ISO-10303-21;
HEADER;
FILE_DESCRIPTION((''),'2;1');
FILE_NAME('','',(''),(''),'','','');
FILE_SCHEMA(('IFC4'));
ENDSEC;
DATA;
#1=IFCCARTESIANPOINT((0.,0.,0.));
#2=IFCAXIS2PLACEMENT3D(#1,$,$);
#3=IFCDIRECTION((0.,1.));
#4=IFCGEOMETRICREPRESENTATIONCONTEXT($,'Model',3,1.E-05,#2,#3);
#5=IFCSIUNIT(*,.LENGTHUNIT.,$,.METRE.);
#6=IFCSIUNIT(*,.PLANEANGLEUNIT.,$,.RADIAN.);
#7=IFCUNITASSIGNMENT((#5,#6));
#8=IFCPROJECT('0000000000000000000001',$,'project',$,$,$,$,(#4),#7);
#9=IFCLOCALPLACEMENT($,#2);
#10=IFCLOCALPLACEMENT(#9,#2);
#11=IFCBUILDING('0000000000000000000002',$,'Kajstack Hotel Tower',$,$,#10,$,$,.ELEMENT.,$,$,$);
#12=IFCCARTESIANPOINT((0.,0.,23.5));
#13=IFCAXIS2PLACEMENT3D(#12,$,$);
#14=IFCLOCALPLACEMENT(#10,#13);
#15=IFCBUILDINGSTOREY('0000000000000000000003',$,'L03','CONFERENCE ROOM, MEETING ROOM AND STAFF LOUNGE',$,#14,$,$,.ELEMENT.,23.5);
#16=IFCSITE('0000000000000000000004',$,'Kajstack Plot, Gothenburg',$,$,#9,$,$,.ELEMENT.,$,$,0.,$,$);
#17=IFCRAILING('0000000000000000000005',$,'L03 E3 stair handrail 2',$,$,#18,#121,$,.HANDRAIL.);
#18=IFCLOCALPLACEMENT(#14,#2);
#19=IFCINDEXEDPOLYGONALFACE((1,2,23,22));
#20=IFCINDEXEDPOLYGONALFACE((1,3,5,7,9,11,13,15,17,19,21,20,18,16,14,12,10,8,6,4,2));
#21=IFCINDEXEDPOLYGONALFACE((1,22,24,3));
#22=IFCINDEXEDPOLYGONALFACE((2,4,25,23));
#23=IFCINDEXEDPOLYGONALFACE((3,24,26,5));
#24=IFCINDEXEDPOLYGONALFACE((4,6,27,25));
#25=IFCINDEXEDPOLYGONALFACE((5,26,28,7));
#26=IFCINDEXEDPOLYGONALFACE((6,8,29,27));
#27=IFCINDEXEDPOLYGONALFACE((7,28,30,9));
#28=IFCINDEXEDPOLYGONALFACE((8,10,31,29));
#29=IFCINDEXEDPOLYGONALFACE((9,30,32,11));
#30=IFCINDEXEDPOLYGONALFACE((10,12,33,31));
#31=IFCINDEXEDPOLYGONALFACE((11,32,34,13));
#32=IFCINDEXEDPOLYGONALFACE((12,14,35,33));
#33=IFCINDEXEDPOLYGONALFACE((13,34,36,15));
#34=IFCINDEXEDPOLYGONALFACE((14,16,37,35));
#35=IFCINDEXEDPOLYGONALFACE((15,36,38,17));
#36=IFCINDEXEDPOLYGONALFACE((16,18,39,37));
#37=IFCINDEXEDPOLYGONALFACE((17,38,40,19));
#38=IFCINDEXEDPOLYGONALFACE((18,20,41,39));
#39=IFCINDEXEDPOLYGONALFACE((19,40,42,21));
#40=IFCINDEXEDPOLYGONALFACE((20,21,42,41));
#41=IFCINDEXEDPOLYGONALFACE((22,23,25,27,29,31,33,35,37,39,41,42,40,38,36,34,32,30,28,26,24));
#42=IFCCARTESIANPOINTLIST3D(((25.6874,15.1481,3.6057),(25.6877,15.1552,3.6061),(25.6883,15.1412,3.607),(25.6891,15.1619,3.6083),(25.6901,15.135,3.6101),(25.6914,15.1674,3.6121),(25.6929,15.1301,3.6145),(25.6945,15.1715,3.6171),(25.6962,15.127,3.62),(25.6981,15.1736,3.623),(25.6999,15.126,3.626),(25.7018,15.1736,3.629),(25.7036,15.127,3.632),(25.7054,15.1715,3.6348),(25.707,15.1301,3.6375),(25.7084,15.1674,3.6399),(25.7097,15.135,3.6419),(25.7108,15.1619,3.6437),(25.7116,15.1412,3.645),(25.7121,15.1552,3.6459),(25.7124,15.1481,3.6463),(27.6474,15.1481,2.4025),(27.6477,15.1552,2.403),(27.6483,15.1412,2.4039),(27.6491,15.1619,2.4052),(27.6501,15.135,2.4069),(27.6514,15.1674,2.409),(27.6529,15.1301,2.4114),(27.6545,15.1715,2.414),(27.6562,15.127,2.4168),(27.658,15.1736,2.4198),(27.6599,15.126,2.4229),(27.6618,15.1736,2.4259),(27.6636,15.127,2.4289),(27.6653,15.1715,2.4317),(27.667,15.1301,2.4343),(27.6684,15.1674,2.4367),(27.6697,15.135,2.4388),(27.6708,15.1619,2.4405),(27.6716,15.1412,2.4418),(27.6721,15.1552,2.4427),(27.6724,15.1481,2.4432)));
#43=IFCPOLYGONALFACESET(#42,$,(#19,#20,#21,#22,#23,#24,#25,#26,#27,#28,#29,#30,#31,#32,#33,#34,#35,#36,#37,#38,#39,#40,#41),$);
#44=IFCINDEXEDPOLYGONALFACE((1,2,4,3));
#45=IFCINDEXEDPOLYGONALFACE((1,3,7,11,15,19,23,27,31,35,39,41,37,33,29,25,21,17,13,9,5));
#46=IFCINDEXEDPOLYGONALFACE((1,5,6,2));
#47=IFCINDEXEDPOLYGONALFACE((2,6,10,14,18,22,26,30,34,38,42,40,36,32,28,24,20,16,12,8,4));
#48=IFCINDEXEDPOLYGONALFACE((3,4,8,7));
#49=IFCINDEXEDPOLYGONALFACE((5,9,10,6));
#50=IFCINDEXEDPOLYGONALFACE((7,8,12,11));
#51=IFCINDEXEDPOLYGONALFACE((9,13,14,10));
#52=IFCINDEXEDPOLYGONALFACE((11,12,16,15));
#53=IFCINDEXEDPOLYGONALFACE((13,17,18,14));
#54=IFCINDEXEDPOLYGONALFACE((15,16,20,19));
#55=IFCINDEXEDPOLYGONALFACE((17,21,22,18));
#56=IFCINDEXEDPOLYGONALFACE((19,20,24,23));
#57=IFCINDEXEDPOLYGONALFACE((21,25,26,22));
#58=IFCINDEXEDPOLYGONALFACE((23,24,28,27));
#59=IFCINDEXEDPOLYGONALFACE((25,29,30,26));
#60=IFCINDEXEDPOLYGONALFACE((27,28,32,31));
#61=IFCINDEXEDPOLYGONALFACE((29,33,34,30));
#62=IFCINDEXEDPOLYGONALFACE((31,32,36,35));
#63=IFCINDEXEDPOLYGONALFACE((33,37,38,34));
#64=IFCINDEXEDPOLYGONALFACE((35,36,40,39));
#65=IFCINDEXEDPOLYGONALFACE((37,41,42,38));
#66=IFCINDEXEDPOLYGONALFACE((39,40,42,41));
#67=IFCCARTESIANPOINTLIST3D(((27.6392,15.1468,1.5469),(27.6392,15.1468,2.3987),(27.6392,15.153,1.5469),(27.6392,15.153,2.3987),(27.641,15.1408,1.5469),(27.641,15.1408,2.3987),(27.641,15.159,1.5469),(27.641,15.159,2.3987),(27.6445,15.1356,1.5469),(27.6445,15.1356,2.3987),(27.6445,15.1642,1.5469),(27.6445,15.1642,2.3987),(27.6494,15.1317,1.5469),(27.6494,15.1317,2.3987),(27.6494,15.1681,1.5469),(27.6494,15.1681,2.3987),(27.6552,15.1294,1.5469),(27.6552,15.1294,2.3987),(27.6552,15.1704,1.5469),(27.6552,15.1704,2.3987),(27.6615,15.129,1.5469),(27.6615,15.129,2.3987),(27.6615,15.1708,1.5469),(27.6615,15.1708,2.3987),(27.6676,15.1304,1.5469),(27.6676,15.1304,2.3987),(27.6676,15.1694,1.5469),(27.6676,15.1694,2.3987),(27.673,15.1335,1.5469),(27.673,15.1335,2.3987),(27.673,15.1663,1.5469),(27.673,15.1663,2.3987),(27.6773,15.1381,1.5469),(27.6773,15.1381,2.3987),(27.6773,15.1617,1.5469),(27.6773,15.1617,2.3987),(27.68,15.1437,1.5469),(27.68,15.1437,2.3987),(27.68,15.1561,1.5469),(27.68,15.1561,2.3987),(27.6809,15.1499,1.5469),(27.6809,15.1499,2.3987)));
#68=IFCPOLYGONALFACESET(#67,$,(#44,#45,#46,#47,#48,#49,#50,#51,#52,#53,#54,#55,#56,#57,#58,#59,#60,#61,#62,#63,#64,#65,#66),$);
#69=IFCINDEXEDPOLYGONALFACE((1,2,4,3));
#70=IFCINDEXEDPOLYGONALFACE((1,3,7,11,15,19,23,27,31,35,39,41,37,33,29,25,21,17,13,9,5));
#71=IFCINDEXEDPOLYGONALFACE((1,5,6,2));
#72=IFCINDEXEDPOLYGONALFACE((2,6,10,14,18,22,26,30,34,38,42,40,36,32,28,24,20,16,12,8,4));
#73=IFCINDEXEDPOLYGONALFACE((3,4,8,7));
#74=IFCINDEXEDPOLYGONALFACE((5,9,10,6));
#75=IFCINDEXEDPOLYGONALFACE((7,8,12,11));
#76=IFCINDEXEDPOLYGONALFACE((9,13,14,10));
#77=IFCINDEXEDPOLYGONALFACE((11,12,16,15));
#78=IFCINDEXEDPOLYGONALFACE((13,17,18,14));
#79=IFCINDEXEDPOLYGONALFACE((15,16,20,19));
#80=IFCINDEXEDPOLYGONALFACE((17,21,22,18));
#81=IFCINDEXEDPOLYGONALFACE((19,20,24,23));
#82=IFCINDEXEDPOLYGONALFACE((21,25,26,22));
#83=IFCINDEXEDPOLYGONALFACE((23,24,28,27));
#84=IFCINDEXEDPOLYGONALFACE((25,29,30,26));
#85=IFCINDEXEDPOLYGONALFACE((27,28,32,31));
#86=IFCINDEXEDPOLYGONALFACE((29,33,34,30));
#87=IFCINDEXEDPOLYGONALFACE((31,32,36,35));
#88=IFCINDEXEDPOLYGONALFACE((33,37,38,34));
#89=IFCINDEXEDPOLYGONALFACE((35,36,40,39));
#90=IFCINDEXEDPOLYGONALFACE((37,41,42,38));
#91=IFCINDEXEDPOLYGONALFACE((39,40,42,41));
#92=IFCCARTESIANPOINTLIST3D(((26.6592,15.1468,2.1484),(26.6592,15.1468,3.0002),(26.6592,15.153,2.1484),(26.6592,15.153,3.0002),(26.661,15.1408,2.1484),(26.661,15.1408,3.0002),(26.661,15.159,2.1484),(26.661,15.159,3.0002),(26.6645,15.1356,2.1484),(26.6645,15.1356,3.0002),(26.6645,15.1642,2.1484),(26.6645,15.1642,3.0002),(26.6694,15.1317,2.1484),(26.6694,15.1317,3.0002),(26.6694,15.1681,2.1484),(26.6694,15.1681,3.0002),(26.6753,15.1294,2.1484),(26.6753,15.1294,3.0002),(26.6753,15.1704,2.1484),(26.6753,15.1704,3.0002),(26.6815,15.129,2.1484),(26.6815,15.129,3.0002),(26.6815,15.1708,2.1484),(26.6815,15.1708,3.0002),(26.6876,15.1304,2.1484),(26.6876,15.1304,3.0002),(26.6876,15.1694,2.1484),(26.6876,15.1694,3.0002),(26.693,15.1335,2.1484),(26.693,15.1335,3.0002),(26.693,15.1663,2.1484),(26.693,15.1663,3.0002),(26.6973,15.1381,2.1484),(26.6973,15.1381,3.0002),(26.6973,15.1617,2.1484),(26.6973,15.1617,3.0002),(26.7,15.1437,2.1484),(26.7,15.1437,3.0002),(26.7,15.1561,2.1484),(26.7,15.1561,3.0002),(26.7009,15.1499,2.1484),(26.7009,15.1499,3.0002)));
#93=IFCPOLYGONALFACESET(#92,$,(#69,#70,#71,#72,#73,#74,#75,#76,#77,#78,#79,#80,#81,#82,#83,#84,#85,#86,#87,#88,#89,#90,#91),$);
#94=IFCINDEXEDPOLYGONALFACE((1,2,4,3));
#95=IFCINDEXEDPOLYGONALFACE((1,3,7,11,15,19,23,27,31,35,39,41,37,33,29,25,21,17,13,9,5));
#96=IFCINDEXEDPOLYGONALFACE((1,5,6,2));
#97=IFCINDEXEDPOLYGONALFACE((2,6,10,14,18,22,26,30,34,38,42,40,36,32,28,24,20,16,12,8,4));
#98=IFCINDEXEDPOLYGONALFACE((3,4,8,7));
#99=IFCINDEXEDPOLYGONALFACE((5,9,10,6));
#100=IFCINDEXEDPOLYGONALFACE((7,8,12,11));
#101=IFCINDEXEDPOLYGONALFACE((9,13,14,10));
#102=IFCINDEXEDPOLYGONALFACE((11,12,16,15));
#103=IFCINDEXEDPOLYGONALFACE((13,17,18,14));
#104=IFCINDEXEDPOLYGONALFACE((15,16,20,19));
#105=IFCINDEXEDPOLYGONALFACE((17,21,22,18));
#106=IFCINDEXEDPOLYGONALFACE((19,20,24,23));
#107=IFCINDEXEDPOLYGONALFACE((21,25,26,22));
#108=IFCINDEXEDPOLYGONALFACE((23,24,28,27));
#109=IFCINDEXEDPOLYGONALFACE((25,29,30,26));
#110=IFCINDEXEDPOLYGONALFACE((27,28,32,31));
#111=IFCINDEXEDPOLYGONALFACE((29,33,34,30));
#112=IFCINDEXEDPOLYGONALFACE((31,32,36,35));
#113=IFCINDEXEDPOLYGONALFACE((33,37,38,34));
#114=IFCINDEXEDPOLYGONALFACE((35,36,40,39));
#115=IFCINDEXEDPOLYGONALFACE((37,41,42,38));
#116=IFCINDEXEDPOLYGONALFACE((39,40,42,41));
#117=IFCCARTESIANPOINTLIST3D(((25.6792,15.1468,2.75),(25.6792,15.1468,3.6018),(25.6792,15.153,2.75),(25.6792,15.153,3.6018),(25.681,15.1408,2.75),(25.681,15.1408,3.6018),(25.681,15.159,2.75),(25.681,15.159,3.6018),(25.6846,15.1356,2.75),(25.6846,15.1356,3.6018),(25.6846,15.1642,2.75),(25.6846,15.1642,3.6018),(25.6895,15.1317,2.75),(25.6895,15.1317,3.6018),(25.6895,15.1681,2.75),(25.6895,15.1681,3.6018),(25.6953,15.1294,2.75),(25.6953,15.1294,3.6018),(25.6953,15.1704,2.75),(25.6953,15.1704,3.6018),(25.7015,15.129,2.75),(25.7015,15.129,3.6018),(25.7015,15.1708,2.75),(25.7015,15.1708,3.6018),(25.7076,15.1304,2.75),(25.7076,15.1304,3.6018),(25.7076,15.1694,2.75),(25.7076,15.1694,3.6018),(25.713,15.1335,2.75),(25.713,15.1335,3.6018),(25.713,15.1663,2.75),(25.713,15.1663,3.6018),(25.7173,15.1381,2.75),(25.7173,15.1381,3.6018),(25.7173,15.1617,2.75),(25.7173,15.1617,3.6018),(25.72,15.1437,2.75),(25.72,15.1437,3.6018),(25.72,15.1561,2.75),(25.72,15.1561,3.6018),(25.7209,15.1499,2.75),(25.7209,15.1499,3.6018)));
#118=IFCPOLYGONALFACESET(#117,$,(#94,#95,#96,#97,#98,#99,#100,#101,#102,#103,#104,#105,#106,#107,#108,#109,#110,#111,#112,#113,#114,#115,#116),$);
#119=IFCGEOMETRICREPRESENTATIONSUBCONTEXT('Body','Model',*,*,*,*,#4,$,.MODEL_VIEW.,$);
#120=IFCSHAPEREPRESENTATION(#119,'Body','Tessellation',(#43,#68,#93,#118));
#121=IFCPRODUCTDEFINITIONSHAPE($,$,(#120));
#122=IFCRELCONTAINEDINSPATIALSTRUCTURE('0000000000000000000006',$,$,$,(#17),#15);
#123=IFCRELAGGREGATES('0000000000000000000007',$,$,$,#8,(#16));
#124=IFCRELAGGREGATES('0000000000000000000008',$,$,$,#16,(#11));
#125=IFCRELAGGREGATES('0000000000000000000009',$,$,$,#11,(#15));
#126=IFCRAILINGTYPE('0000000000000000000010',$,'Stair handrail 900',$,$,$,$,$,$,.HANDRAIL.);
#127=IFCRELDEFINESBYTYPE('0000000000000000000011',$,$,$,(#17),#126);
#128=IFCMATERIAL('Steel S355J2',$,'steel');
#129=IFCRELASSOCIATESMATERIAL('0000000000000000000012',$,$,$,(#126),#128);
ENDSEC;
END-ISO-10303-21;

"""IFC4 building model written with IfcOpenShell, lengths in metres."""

from ifc_helpers import new_model, si_unit, direction, frame, origin, origin_2d, place, context, subcontext, project, spatial, circle, extrude, material, type_object, element, save


model = new_model("IFC4")

# Units and contexts
model_context = context("Model", 3, precision=1e-05, world=origin(), true_north=direction((0.0, 1.0)))
body_context = subcontext(model_context, "Body", "Model", "MODEL_VIEW")
ifc_project = project(units=[si_unit("LENGTHUNIT", "METRE"), si_unit("PLANEANGLEUNIT", "RADIAN")], contexts=[model_context])

# Site, building, storey
site_placement = place(None, origin())
site = spatial("IfcSite", under=ifc_project, at=site_placement, Name="Kajstack Plot, Gothenburg", CompositionType="ELEMENT", RefElevation=0.0)
building_placement = place(site_placement, origin())
building = spatial("IfcBuilding", under=site, at=building_placement, Name="Kajstack Hotel Tower", CompositionType="ELEMENT")
storey_placement = place(building_placement, frame((0.0, 0.0, 23.5)))
storey = spatial("IfcBuildingStorey", under=building, at=storey_placement, Name="L03", Description="CONFERENCE ROOM, MEETING ROOM AND STAFF LOUNGE", CompositionType="ELEMENT", Elevation=23.5)

# Railing
ifc_material_1 = material(Name="Steel S355J2", Category="steel")
railing_type_1 = type_object("IfcRailingType", Name="Stair handrail 900", PredefinedType="HANDRAIL", material=ifc_material_1)
railing_1_placement = place(storey_placement, frame((27.6599, 15.1499, 1.5469)))
element("IfcRailing", 1, at=railing_1_placement, inside=storey, type_object=railing_type_1, Name="L03 E3 stair handrail 2", PredefinedType="HANDRAIL", context=body_context, shape_type="SweptSolid", body=[
    extrude(circle(Radius=0.0239, at=origin_2d()), frame((0.0, 0.0, 0.876), z_axis=(-0.852241, 0.0, 0.523149), x_axis=(0.0, -1.0, 0.0)), (0.0, 0.0, 1.0), 2.2998),
    extrude(circle(Radius=0.021, at=origin_2d()), origin(), (0.0, 0.0, 1.0), 0.8518),
    extrude(circle(Radius=0.021, at=origin_2d()), frame((-0.98, 0.0, 0.6016)), (0.0, 0.0, 1.0), 0.8518),
    extrude(circle(Radius=0.021, at=origin_2d()), frame((-1.96, 0.0, 1.2031)), (0.0, 0.0, 1.0), 0.8518),
])

save(model, "model.ifc")
